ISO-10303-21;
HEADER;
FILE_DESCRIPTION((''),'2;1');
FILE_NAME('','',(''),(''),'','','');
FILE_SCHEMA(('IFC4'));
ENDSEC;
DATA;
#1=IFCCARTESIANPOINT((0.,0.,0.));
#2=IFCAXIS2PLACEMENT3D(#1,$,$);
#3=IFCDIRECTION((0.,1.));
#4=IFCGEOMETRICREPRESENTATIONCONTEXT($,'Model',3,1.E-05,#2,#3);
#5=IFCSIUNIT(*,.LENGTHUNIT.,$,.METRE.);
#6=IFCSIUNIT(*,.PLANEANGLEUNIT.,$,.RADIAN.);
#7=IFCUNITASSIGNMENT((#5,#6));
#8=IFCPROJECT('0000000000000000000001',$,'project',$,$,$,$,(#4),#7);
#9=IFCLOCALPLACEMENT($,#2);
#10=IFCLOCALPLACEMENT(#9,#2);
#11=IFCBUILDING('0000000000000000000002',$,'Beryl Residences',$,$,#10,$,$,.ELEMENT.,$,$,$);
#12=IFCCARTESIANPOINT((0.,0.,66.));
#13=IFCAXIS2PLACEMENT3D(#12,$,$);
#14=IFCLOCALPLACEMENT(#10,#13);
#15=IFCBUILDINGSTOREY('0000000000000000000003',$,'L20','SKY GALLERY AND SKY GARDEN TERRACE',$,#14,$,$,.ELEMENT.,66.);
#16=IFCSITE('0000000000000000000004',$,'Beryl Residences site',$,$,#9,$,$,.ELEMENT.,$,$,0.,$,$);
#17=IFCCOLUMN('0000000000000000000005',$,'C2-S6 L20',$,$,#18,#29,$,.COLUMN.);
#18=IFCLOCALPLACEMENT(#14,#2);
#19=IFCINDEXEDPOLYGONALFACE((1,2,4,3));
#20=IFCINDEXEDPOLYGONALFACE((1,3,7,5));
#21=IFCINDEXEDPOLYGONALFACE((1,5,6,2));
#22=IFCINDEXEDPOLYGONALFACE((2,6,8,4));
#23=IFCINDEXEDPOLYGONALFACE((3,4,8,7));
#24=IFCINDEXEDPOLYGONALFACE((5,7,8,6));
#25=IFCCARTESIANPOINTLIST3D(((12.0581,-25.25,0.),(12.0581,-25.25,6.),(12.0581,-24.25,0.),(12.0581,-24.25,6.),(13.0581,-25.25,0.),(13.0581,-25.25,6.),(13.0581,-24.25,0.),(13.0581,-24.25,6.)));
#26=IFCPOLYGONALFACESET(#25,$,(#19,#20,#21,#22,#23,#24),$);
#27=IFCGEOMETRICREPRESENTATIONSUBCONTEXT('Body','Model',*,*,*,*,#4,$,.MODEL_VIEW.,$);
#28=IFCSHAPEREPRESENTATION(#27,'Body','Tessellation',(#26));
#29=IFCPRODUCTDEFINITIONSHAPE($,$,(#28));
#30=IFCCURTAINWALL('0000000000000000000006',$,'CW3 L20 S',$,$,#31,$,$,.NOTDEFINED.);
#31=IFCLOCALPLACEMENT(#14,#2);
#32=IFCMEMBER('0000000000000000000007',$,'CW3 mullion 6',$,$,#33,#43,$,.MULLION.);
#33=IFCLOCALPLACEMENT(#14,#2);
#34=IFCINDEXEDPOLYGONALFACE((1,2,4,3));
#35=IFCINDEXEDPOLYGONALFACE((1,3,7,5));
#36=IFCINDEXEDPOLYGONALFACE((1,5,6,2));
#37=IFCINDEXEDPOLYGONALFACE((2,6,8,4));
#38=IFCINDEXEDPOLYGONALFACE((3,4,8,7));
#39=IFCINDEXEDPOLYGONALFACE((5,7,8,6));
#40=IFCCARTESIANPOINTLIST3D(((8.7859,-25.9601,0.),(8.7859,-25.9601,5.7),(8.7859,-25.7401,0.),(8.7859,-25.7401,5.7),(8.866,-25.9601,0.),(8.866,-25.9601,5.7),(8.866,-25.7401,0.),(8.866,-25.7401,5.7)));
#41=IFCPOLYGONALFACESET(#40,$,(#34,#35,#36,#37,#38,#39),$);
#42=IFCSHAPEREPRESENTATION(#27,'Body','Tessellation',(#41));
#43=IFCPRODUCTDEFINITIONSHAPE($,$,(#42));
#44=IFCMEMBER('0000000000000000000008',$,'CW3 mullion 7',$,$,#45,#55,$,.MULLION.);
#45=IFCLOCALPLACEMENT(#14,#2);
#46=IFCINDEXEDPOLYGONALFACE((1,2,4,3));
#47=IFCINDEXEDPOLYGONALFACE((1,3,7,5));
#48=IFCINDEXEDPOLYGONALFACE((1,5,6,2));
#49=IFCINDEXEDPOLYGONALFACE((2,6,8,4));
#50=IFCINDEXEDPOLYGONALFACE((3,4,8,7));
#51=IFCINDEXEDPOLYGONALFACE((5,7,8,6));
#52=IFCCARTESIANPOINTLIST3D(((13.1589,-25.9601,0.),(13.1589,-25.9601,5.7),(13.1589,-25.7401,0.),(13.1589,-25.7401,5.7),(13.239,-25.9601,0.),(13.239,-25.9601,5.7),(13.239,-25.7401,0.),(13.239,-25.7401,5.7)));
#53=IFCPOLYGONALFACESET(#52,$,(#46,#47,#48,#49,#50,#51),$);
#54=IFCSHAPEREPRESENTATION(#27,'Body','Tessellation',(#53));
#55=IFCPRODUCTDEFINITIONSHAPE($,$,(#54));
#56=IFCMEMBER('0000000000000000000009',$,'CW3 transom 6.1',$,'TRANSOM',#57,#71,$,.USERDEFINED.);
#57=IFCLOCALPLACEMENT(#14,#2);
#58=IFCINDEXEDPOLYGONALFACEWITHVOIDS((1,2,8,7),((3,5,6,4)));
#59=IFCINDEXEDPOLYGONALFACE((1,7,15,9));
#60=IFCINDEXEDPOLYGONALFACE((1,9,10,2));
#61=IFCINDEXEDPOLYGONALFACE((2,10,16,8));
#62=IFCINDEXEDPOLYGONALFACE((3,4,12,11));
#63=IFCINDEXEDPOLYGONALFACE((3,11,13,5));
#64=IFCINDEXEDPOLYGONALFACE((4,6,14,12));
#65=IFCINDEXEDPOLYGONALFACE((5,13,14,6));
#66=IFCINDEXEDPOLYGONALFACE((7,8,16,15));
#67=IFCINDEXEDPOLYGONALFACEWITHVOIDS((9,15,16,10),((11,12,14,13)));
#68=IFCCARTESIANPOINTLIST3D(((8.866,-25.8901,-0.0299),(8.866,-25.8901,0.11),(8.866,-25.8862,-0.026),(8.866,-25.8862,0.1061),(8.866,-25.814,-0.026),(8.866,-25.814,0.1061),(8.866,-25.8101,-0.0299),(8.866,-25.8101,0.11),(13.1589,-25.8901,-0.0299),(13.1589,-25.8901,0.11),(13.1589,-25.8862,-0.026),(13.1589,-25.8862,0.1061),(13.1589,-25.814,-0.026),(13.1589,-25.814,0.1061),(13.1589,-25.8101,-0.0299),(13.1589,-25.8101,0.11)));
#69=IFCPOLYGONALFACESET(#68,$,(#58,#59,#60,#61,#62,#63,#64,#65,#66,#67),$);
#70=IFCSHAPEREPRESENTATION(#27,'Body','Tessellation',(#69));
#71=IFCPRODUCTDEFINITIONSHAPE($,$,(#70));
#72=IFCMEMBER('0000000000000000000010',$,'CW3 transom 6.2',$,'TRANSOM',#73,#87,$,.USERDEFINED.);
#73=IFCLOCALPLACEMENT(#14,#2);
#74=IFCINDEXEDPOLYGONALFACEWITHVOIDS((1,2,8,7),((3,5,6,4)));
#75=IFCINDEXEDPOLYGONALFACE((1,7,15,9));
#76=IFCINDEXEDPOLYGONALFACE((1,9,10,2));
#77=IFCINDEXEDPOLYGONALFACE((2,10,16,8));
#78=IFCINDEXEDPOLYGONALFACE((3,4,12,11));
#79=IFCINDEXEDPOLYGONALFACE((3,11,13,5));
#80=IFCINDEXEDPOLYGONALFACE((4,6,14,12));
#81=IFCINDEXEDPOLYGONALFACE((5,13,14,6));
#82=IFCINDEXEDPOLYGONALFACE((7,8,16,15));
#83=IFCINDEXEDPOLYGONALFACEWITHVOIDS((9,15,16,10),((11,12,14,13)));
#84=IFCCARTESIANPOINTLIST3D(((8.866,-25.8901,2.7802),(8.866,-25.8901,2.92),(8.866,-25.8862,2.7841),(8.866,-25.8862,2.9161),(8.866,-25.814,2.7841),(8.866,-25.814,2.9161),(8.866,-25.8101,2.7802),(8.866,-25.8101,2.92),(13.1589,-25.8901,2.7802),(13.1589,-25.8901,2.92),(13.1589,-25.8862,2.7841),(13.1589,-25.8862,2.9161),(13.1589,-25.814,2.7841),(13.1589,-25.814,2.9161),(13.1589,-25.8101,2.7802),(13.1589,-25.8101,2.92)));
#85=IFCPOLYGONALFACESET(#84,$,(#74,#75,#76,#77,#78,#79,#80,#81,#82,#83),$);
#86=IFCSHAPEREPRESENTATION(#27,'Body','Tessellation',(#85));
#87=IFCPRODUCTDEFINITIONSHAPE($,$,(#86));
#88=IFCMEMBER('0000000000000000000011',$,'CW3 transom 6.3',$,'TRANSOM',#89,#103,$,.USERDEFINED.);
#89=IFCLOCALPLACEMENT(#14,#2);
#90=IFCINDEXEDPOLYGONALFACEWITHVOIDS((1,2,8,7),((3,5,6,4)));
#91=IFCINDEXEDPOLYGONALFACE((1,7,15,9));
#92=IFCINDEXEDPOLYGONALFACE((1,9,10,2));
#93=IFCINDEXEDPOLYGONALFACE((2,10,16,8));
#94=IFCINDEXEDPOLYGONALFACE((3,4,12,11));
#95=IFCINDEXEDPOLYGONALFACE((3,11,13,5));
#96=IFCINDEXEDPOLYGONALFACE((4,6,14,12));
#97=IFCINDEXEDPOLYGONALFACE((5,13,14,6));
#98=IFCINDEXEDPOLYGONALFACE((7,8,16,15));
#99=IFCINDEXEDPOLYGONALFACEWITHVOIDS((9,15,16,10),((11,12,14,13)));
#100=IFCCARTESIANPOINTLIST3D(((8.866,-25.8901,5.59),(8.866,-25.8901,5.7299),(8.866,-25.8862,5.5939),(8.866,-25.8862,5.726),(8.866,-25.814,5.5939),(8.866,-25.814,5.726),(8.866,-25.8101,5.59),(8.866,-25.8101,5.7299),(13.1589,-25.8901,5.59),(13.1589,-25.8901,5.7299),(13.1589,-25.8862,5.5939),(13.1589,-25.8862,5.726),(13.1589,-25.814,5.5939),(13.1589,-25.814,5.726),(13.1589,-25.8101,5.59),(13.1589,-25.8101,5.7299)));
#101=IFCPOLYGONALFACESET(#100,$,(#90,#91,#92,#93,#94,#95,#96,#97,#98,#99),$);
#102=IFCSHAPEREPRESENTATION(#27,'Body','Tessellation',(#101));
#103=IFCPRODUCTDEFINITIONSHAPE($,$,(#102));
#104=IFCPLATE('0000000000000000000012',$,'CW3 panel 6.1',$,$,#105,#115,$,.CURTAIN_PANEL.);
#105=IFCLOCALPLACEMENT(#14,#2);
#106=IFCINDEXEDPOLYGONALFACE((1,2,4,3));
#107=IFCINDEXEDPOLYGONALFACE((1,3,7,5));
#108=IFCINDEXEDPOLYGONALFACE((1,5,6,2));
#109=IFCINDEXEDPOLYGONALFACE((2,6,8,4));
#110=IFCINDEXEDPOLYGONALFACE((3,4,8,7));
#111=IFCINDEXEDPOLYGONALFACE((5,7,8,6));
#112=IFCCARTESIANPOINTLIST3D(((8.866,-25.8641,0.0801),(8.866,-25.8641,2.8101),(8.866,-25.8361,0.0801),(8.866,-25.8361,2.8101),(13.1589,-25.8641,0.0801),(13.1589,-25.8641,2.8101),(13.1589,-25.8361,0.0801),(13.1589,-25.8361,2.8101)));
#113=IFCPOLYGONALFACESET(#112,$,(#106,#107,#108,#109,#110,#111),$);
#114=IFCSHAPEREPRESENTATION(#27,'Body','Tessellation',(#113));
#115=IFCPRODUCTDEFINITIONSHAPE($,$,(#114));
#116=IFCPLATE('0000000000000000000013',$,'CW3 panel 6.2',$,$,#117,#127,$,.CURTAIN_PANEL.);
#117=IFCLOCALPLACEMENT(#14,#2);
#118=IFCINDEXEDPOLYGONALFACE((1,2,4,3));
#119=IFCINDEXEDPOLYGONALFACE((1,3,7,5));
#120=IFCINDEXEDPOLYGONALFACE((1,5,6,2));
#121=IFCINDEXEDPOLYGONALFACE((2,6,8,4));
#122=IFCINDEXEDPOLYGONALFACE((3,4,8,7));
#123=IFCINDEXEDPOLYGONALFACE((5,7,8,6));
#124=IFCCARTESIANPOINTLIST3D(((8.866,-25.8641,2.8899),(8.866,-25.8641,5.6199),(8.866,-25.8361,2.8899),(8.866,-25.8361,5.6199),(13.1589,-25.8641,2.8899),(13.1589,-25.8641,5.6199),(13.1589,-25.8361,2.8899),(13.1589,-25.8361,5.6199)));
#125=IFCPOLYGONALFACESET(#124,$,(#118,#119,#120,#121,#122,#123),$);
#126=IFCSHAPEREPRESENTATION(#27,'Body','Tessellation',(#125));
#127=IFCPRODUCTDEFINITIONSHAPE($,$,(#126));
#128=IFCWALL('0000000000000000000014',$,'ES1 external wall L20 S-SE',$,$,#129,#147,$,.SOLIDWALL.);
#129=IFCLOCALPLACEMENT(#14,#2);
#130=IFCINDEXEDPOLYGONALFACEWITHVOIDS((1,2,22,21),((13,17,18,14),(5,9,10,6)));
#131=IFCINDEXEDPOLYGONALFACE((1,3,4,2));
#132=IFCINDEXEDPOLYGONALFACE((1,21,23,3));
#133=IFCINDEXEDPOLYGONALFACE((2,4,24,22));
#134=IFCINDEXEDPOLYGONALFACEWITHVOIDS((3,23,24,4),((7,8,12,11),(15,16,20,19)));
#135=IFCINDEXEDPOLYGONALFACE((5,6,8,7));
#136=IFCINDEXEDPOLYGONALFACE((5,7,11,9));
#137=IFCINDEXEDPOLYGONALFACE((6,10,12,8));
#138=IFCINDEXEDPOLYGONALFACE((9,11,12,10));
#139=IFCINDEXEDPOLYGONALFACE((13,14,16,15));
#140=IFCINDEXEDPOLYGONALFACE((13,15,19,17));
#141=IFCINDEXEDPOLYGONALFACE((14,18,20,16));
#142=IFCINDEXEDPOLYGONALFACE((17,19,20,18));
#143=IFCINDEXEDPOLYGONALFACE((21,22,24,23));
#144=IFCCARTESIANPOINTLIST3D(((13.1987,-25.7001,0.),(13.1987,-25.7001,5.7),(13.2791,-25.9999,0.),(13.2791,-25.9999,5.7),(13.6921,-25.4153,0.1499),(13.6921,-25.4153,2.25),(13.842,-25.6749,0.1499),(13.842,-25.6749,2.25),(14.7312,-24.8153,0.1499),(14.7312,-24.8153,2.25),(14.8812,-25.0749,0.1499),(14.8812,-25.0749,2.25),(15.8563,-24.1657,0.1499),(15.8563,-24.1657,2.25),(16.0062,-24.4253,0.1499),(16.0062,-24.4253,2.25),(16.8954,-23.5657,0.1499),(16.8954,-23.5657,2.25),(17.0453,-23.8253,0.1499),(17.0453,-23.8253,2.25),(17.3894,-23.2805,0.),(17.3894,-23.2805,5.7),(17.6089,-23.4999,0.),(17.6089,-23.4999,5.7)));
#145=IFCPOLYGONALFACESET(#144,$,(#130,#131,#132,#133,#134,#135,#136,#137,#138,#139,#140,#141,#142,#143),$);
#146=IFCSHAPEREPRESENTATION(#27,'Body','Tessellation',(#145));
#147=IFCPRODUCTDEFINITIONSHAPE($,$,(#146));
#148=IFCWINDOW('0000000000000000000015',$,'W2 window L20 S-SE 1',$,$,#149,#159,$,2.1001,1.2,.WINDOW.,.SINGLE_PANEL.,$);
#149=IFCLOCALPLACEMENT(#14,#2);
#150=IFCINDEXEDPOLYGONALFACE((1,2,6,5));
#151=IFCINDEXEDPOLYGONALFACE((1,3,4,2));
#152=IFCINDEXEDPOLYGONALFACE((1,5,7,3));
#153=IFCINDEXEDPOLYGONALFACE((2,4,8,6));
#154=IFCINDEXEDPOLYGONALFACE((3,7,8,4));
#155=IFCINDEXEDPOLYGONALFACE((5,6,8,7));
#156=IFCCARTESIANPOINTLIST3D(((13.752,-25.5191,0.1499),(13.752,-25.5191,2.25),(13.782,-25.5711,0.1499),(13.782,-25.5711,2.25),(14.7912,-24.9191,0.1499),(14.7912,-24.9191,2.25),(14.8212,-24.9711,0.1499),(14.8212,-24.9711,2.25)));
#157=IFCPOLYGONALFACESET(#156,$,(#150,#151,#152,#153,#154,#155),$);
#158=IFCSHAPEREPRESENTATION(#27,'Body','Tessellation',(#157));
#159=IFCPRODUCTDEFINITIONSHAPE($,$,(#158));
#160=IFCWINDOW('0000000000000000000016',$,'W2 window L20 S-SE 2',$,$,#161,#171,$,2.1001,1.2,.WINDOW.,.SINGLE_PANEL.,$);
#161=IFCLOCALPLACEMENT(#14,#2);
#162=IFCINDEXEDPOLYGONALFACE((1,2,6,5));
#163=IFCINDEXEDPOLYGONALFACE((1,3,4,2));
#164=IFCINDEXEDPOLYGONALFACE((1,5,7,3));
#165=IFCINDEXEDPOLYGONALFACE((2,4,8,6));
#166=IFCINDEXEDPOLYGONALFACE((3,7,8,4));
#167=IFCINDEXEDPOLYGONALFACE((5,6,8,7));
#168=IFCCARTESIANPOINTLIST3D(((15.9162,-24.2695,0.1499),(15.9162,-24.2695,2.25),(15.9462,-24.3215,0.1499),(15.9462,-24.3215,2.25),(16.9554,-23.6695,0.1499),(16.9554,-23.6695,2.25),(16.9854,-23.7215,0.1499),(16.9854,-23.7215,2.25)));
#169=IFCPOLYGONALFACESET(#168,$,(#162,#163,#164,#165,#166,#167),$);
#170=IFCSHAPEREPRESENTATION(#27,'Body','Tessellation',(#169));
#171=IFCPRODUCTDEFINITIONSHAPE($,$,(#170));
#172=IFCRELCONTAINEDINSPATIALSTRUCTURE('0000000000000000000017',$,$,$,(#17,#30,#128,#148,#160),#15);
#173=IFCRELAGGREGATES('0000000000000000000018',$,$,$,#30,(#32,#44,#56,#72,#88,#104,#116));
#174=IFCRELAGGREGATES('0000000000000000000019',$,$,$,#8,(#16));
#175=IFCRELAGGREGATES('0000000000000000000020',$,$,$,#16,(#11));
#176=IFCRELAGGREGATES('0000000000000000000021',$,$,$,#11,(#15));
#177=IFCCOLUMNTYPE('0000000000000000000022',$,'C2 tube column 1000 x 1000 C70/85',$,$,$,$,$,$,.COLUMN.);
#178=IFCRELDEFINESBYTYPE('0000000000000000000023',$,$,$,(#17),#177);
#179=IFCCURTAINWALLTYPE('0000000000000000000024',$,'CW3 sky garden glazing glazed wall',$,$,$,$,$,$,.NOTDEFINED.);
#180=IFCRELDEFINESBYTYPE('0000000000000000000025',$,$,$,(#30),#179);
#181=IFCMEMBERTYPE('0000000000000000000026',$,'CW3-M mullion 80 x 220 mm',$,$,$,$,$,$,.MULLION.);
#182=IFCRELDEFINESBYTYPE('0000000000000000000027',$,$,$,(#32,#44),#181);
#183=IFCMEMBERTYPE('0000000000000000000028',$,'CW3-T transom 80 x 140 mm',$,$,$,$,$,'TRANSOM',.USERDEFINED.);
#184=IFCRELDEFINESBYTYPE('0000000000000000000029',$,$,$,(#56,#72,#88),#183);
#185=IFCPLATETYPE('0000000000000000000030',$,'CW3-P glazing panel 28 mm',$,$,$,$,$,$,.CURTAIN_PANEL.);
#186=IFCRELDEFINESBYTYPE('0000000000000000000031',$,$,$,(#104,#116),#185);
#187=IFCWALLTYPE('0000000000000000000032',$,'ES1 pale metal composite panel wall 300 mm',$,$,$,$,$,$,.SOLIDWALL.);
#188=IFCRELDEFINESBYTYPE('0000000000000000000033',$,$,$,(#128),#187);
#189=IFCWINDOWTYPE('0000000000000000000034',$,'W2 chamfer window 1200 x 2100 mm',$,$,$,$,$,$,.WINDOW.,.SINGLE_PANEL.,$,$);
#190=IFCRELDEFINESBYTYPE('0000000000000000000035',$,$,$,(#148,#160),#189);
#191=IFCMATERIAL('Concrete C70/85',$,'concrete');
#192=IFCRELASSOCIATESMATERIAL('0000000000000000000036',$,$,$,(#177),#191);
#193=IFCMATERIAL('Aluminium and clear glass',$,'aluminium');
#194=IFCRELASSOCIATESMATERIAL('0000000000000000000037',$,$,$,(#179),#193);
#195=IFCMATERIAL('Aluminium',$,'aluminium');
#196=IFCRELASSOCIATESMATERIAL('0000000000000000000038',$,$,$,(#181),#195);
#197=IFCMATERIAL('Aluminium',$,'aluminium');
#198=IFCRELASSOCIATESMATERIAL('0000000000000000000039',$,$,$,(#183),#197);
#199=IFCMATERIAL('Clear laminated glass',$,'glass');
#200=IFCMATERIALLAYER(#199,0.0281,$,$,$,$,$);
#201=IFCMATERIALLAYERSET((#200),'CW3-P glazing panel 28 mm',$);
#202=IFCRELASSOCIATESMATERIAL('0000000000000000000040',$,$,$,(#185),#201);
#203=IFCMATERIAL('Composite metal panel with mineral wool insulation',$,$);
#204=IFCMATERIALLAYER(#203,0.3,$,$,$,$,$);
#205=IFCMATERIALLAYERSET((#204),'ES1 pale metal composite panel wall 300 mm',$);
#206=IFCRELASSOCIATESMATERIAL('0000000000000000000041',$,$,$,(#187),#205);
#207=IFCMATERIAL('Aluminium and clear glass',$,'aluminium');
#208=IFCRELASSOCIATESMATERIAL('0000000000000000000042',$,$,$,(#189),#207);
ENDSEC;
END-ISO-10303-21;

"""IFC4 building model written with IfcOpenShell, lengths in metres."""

from ifc_helpers import new_model, si_unit, direction, frame, frame_2d, origin, origin_2d, place, context, subcontext, project, spatial, polyline, rectangle, hollow_rectangle, outline, extrude, material, layer, layer_set, material_profile, profile_set, type_object, element, fill, aggregate, save


model = new_model("IFC4")

# Units and contexts
model_context = context("Model", 3, precision=1e-05, world=origin(), true_north=direction((0.0, 1.0)))
body_context = subcontext(model_context, "Body", "Model", "MODEL_VIEW")
ifc_project = project(units=[si_unit("LENGTHUNIT", "METRE"), si_unit("PLANEANGLEUNIT", "RADIAN")], contexts=[model_context])

# Site, building, storey
site_placement = place(None, origin())
site = spatial("IfcSite", under=ifc_project, at=site_placement, Name="Beryl Residences site", CompositionType="ELEMENT", RefElevation=0.0)
building_placement = place(site_placement, origin())
building = spatial("IfcBuilding", under=site, at=building_placement, Name="Beryl Residences", CompositionType="ELEMENT")
storey_placement = place(building_placement, frame((0.0, 0.0, 66.0)))
storey = spatial("IfcBuildingStorey", under=building, at=storey_placement, Name="L20", Description="SKY GALLERY AND SKY GARDEN TERRACE", CompositionType="ELEMENT", Elevation=66.0)

# Column
ifc_material_1 = material(Name="Concrete C70/85", Category="concrete")
ifc_material_profile_1 = material_profile(ifc_material_1, rectangle(XDim=1.0, YDim=1.0, at=origin_2d()))
ifc_profile_set_1 = profile_set([ifc_material_profile_1], Name="Concrete C70/85")
column_type = type_object("IfcColumnType", Name="C2 tube column 1000 x 1000 C70/85", PredefinedType="COLUMN", material=ifc_profile_set_1)
column_placement = place(storey_placement, frame((12.5581, -24.75, 0.0), z_axis=(0.0, 0.0, 1.0), x_axis=(1.0, 0.0, 0.0)))
element("IfcColumn", 1, at=column_placement, inside=storey, type_object=column_type, Name="C2-S6 L20", PredefinedType="COLUMN", context=body_context, shape_type="SweptSolid", body=[
    extrude(rectangle(XDim=1.0, YDim=1.0, at=origin_2d()), origin(), (0.0, 0.0, 1.0), 6.0),
])

# Curtain wall, members, plates
ifc_material_2 = material(Name="Aluminium and clear glass", Category="aluminium")
curtain_wall_type = type_object("IfcCurtainWallType", Name="CW3 sky garden glazing glazed wall", PredefinedType="NOTDEFINED", material=ifc_material_2)
curtain_wall_placement = place(storey_placement, origin())
curtain_wall = element("IfcCurtainWall", 2, at=curtain_wall_placement, inside=storey, type_object=curtain_wall_type, Name="CW3 L20 S", PredefinedType="NOTDEFINED")
ifc_material_3 = material(Name="Aluminium", Category="aluminium")
ifc_material_profile_2 = material_profile(ifc_material_3, rectangle(XDim=0.0801, YDim=0.22, at=origin_2d()))
ifc_profile_set_2 = profile_set([ifc_material_profile_2], Name="Aluminium")
member_type_1 = type_object("IfcMemberType", Name="CW3-M mullion 80 x 220 mm", PredefinedType="MULLION", material=ifc_profile_set_2)
member_1_placement = place(storey_placement, frame((8.8259, -25.8501, 0.0), z_axis=(0.0, 0.0, 1.0), x_axis=(1.0, 0.0, 0.0)))
member_1 = element("IfcMember", 3, at=member_1_placement, type_object=member_type_1, Name="CW3 mullion 6", PredefinedType="MULLION", context=body_context, shape_type="SweptSolid", body=[
    extrude(rectangle(XDim=0.0801, YDim=0.22, at=origin_2d()), origin(), (0.0, 0.0, 1.0), 5.7),
])
member_2_placement = place(storey_placement, frame((13.199, -25.8501, 0.0), z_axis=(0.0, 0.0, 1.0), x_axis=(1.0, 0.0, 0.0)))
member_2 = element("IfcMember", 4, at=member_2_placement, type_object=member_type_1, Name="CW3 mullion 7", PredefinedType="MULLION", context=body_context, shape_type="SweptSolid", body=[
    extrude(rectangle(XDim=0.0801, YDim=0.22, at=origin_2d()), origin(), (0.0, 0.0, 1.0), 5.7),
])
ifc_material_4 = material(Name="Aluminium", Category="aluminium")
ifc_material_profile_3 = material_profile(ifc_material_4, hollow_rectangle(XDim=0.0801, YDim=0.1399, WallThickness=0.0039, at=origin_2d()))
ifc_profile_set_3 = profile_set([ifc_material_profile_3], Name="Aluminium")
member_type_2 = type_object("IfcMemberType", Name="CW3-T transom 80 x 140 mm", ElementType="TRANSOM", PredefinedType="USERDEFINED", material=ifc_profile_set_3)
member_3_placement = place(storey_placement, frame((8.866, -25.8501, 0.04), z_axis=(1.0, 0.0, 0.0), x_axis=(0.0, 1.0, 0.0)))
member_3 = element("IfcMember", 5, at=member_3_placement, type_object=member_type_2, Name="CW3 transom 6.1", ObjectType="TRANSOM", PredefinedType="USERDEFINED", context=body_context, shape_type="SweptSolid", body=[
    extrude(hollow_rectangle(XDim=0.0801, YDim=0.1399, WallThickness=0.0039, at=origin_2d()), origin(), (0.0, 0.0, 1.0), 4.293),
])
member_4_placement = place(storey_placement, frame((8.866, -25.8501, 2.8501), z_axis=(1.0, 0.0, 0.0), x_axis=(0.0, 1.0, 0.0)))
member_4 = element("IfcMember", 6, at=member_4_placement, type_object=member_type_2, Name="CW3 transom 6.2", ObjectType="TRANSOM", PredefinedType="USERDEFINED", context=body_context, shape_type="SweptSolid", body=[
    extrude(hollow_rectangle(XDim=0.0801, YDim=0.1399, WallThickness=0.0039, at=origin_2d()), origin(), (0.0, 0.0, 1.0), 4.293),
])
member_5_placement = place(storey_placement, frame((8.866, -25.8501, 5.6599), z_axis=(1.0, 0.0, 0.0), x_axis=(0.0, 1.0, 0.0)))
member_5 = element("IfcMember", 7, at=member_5_placement, type_object=member_type_2, Name="CW3 transom 6.3", ObjectType="TRANSOM", PredefinedType="USERDEFINED", context=body_context, shape_type="SweptSolid", body=[
    extrude(hollow_rectangle(XDim=0.0801, YDim=0.1399, WallThickness=0.0039, at=origin_2d()), origin(), (0.0, 0.0, 1.0), 4.293),
])
ifc_material_5 = material(Name="Clear laminated glass", Category="glass")
ifc_layer_1 = layer(ifc_material_5, 0.0281)
ifc_layer_set_1 = layer_set([ifc_layer_1], Name="CW3-P glazing panel 28 mm")
plate_type = type_object("IfcPlateType", Name="CW3-P glazing panel 28 mm", PredefinedType="CURTAIN_PANEL", material=ifc_layer_set_1)
plate_1_placement = place(storey_placement, frame((11.0125, -25.8501, 0.0801), z_axis=(0.0, 0.0, 1.0), x_axis=(1.0, 0.0, 0.0)))
plate_1 = element("IfcPlate", 8, at=plate_1_placement, type_object=plate_type, Name="CW3 panel 6.1", PredefinedType="CURTAIN_PANEL", context=body_context, shape_type="SweptSolid", body=[
    extrude(rectangle(XDim=4.293, YDim=0.0281, at=origin_2d()), origin(), (0.0, 0.0, 1.0), 2.73),
])
plate_2_placement = place(storey_placement, frame((11.0125, -25.8501, 2.8899), z_axis=(0.0, 0.0, 1.0), x_axis=(1.0, 0.0, 0.0)))
plate_2 = element("IfcPlate", 9, at=plate_2_placement, type_object=plate_type, Name="CW3 panel 6.2", PredefinedType="CURTAIN_PANEL", context=body_context, shape_type="SweptSolid", body=[
    extrude(rectangle(XDim=4.293, YDim=0.0281, at=origin_2d()), origin(), (0.0, 0.0, 1.0), 2.73),
])
aggregate(curtain_wall, [member_1, member_2, member_3, member_4, member_5, plate_1, plate_2])

# Wall, openings, windows
ifc_material_6 = material(Name="Composite metal panel with mineral wool insulation")
ifc_layer_2 = layer(ifc_material_6, 0.3)
ifc_layer_set_2 = layer_set([ifc_layer_2], Name="ES1 pale metal composite panel wall 300 mm")
wall_type_1 = type_object("IfcWallType", Name="ES1 pale metal composite panel wall 300 mm", PredefinedType="SOLIDWALL", material=ifc_layer_set_2)
wall_1_placement = place(storey_placement, frame((13.2041, -25.8701, 0.0), z_axis=(0.0, 0.0, 1.0), x_axis=(0.866011, 0.500025, 0.0)))
wall_1 = element("IfcWall", 10, at=wall_1_placement, inside=storey, type_object=wall_type_1, Name="ES1 external wall L20 S-SE", PredefinedType="SOLIDWALL", context=body_context, shape_type="SweptSolid", body=[
    extrude(outline(polyline([(0.0, -0.1499), (4.9998, -0.1499), (4.9194, 0.1499), (0.0803, 0.1499), (0.0, -0.1499)])), origin(), (0.0, 0.0, 1.0), 5.7),
])
opening_1_placement = place(wall_1_placement, frame((0.6499, 0.0, 0.1499)))
opening_1 = element("IfcOpeningElement", 11, at=opening_1_placement, cuts=wall_1, PredefinedType="OPENING", context=body_context, shape_type="SweptSolid", body=[
    extrude(rectangle(XDim=1.2, YDim=2.1001, at=frame_2d((0.6001, 1.05))), frame((0.0, 0.1599, 0.0), z_axis=(0.0, -1.0, 0.0), x_axis=(1.0, 0.0, 0.0)), (0.0, 0.0, 1.0), 0.3201),
])
opening_2_placement = place(wall_1_placement, frame((3.1489, 0.0, 0.1499)))
opening_2 = element("IfcOpeningElement", 12, at=opening_2_placement, cuts=wall_1, PredefinedType="OPENING", context=body_context, shape_type="SweptSolid", body=[
    extrude(rectangle(XDim=1.2, YDim=2.1001, at=frame_2d((0.6001, 1.05))), frame((0.0, 0.1599, 0.0), z_axis=(0.0, -1.0, 0.0), x_axis=(1.0, 0.0, 0.0)), (0.0, 0.0, 1.0), 0.3201),
])
ifc_material_7 = material(Name="Aluminium and clear glass", Category="aluminium")
window_type = type_object("IfcWindowType", Name="W2 chamfer window 1200 x 2100 mm", PartitioningType="SINGLE_PANEL", PredefinedType="WINDOW", material=ifc_material_7)
window_1_placement = place(opening_1_placement, origin())
window_1 = element("IfcWindow", 13, at=window_1_placement, inside=storey, type_object=window_type, Name="W2 window L20 S-SE 1", OverallHeight=2.1001, OverallWidth=1.2, PartitioningType="SINGLE_PANEL", PredefinedType="WINDOW", context=body_context, shape_type="SweptSolid", body=[
    extrude(rectangle(XDim=1.2, YDim=2.1001, at=frame_2d((0.6001, 1.05))), frame((0.0, 0.03, 0.0), z_axis=(0.0, -1.0, 0.0), x_axis=(1.0, 0.0, 0.0)), (0.0, 0.0, 1.0), 0.0601),
])
fill(opening_1, window_1)
window_2_placement = place(opening_2_placement, origin())
window_2 = element("IfcWindow", 14, at=window_2_placement, inside=storey, type_object=window_type, Name="W2 window L20 S-SE 2", OverallHeight=2.1001, OverallWidth=1.2, PartitioningType="SINGLE_PANEL", PredefinedType="WINDOW", context=body_context, shape_type="SweptSolid", body=[
    extrude(rectangle(XDim=1.2, YDim=2.1001, at=frame_2d((0.6001, 1.05))), frame((0.0, 0.03, 0.0), z_axis=(0.0, -1.0, 0.0), x_axis=(1.0, 0.0, 0.0)), (0.0, 0.0, 1.0), 0.0601),
])
fill(opening_2, window_2)

save(model, "model.ifc")
